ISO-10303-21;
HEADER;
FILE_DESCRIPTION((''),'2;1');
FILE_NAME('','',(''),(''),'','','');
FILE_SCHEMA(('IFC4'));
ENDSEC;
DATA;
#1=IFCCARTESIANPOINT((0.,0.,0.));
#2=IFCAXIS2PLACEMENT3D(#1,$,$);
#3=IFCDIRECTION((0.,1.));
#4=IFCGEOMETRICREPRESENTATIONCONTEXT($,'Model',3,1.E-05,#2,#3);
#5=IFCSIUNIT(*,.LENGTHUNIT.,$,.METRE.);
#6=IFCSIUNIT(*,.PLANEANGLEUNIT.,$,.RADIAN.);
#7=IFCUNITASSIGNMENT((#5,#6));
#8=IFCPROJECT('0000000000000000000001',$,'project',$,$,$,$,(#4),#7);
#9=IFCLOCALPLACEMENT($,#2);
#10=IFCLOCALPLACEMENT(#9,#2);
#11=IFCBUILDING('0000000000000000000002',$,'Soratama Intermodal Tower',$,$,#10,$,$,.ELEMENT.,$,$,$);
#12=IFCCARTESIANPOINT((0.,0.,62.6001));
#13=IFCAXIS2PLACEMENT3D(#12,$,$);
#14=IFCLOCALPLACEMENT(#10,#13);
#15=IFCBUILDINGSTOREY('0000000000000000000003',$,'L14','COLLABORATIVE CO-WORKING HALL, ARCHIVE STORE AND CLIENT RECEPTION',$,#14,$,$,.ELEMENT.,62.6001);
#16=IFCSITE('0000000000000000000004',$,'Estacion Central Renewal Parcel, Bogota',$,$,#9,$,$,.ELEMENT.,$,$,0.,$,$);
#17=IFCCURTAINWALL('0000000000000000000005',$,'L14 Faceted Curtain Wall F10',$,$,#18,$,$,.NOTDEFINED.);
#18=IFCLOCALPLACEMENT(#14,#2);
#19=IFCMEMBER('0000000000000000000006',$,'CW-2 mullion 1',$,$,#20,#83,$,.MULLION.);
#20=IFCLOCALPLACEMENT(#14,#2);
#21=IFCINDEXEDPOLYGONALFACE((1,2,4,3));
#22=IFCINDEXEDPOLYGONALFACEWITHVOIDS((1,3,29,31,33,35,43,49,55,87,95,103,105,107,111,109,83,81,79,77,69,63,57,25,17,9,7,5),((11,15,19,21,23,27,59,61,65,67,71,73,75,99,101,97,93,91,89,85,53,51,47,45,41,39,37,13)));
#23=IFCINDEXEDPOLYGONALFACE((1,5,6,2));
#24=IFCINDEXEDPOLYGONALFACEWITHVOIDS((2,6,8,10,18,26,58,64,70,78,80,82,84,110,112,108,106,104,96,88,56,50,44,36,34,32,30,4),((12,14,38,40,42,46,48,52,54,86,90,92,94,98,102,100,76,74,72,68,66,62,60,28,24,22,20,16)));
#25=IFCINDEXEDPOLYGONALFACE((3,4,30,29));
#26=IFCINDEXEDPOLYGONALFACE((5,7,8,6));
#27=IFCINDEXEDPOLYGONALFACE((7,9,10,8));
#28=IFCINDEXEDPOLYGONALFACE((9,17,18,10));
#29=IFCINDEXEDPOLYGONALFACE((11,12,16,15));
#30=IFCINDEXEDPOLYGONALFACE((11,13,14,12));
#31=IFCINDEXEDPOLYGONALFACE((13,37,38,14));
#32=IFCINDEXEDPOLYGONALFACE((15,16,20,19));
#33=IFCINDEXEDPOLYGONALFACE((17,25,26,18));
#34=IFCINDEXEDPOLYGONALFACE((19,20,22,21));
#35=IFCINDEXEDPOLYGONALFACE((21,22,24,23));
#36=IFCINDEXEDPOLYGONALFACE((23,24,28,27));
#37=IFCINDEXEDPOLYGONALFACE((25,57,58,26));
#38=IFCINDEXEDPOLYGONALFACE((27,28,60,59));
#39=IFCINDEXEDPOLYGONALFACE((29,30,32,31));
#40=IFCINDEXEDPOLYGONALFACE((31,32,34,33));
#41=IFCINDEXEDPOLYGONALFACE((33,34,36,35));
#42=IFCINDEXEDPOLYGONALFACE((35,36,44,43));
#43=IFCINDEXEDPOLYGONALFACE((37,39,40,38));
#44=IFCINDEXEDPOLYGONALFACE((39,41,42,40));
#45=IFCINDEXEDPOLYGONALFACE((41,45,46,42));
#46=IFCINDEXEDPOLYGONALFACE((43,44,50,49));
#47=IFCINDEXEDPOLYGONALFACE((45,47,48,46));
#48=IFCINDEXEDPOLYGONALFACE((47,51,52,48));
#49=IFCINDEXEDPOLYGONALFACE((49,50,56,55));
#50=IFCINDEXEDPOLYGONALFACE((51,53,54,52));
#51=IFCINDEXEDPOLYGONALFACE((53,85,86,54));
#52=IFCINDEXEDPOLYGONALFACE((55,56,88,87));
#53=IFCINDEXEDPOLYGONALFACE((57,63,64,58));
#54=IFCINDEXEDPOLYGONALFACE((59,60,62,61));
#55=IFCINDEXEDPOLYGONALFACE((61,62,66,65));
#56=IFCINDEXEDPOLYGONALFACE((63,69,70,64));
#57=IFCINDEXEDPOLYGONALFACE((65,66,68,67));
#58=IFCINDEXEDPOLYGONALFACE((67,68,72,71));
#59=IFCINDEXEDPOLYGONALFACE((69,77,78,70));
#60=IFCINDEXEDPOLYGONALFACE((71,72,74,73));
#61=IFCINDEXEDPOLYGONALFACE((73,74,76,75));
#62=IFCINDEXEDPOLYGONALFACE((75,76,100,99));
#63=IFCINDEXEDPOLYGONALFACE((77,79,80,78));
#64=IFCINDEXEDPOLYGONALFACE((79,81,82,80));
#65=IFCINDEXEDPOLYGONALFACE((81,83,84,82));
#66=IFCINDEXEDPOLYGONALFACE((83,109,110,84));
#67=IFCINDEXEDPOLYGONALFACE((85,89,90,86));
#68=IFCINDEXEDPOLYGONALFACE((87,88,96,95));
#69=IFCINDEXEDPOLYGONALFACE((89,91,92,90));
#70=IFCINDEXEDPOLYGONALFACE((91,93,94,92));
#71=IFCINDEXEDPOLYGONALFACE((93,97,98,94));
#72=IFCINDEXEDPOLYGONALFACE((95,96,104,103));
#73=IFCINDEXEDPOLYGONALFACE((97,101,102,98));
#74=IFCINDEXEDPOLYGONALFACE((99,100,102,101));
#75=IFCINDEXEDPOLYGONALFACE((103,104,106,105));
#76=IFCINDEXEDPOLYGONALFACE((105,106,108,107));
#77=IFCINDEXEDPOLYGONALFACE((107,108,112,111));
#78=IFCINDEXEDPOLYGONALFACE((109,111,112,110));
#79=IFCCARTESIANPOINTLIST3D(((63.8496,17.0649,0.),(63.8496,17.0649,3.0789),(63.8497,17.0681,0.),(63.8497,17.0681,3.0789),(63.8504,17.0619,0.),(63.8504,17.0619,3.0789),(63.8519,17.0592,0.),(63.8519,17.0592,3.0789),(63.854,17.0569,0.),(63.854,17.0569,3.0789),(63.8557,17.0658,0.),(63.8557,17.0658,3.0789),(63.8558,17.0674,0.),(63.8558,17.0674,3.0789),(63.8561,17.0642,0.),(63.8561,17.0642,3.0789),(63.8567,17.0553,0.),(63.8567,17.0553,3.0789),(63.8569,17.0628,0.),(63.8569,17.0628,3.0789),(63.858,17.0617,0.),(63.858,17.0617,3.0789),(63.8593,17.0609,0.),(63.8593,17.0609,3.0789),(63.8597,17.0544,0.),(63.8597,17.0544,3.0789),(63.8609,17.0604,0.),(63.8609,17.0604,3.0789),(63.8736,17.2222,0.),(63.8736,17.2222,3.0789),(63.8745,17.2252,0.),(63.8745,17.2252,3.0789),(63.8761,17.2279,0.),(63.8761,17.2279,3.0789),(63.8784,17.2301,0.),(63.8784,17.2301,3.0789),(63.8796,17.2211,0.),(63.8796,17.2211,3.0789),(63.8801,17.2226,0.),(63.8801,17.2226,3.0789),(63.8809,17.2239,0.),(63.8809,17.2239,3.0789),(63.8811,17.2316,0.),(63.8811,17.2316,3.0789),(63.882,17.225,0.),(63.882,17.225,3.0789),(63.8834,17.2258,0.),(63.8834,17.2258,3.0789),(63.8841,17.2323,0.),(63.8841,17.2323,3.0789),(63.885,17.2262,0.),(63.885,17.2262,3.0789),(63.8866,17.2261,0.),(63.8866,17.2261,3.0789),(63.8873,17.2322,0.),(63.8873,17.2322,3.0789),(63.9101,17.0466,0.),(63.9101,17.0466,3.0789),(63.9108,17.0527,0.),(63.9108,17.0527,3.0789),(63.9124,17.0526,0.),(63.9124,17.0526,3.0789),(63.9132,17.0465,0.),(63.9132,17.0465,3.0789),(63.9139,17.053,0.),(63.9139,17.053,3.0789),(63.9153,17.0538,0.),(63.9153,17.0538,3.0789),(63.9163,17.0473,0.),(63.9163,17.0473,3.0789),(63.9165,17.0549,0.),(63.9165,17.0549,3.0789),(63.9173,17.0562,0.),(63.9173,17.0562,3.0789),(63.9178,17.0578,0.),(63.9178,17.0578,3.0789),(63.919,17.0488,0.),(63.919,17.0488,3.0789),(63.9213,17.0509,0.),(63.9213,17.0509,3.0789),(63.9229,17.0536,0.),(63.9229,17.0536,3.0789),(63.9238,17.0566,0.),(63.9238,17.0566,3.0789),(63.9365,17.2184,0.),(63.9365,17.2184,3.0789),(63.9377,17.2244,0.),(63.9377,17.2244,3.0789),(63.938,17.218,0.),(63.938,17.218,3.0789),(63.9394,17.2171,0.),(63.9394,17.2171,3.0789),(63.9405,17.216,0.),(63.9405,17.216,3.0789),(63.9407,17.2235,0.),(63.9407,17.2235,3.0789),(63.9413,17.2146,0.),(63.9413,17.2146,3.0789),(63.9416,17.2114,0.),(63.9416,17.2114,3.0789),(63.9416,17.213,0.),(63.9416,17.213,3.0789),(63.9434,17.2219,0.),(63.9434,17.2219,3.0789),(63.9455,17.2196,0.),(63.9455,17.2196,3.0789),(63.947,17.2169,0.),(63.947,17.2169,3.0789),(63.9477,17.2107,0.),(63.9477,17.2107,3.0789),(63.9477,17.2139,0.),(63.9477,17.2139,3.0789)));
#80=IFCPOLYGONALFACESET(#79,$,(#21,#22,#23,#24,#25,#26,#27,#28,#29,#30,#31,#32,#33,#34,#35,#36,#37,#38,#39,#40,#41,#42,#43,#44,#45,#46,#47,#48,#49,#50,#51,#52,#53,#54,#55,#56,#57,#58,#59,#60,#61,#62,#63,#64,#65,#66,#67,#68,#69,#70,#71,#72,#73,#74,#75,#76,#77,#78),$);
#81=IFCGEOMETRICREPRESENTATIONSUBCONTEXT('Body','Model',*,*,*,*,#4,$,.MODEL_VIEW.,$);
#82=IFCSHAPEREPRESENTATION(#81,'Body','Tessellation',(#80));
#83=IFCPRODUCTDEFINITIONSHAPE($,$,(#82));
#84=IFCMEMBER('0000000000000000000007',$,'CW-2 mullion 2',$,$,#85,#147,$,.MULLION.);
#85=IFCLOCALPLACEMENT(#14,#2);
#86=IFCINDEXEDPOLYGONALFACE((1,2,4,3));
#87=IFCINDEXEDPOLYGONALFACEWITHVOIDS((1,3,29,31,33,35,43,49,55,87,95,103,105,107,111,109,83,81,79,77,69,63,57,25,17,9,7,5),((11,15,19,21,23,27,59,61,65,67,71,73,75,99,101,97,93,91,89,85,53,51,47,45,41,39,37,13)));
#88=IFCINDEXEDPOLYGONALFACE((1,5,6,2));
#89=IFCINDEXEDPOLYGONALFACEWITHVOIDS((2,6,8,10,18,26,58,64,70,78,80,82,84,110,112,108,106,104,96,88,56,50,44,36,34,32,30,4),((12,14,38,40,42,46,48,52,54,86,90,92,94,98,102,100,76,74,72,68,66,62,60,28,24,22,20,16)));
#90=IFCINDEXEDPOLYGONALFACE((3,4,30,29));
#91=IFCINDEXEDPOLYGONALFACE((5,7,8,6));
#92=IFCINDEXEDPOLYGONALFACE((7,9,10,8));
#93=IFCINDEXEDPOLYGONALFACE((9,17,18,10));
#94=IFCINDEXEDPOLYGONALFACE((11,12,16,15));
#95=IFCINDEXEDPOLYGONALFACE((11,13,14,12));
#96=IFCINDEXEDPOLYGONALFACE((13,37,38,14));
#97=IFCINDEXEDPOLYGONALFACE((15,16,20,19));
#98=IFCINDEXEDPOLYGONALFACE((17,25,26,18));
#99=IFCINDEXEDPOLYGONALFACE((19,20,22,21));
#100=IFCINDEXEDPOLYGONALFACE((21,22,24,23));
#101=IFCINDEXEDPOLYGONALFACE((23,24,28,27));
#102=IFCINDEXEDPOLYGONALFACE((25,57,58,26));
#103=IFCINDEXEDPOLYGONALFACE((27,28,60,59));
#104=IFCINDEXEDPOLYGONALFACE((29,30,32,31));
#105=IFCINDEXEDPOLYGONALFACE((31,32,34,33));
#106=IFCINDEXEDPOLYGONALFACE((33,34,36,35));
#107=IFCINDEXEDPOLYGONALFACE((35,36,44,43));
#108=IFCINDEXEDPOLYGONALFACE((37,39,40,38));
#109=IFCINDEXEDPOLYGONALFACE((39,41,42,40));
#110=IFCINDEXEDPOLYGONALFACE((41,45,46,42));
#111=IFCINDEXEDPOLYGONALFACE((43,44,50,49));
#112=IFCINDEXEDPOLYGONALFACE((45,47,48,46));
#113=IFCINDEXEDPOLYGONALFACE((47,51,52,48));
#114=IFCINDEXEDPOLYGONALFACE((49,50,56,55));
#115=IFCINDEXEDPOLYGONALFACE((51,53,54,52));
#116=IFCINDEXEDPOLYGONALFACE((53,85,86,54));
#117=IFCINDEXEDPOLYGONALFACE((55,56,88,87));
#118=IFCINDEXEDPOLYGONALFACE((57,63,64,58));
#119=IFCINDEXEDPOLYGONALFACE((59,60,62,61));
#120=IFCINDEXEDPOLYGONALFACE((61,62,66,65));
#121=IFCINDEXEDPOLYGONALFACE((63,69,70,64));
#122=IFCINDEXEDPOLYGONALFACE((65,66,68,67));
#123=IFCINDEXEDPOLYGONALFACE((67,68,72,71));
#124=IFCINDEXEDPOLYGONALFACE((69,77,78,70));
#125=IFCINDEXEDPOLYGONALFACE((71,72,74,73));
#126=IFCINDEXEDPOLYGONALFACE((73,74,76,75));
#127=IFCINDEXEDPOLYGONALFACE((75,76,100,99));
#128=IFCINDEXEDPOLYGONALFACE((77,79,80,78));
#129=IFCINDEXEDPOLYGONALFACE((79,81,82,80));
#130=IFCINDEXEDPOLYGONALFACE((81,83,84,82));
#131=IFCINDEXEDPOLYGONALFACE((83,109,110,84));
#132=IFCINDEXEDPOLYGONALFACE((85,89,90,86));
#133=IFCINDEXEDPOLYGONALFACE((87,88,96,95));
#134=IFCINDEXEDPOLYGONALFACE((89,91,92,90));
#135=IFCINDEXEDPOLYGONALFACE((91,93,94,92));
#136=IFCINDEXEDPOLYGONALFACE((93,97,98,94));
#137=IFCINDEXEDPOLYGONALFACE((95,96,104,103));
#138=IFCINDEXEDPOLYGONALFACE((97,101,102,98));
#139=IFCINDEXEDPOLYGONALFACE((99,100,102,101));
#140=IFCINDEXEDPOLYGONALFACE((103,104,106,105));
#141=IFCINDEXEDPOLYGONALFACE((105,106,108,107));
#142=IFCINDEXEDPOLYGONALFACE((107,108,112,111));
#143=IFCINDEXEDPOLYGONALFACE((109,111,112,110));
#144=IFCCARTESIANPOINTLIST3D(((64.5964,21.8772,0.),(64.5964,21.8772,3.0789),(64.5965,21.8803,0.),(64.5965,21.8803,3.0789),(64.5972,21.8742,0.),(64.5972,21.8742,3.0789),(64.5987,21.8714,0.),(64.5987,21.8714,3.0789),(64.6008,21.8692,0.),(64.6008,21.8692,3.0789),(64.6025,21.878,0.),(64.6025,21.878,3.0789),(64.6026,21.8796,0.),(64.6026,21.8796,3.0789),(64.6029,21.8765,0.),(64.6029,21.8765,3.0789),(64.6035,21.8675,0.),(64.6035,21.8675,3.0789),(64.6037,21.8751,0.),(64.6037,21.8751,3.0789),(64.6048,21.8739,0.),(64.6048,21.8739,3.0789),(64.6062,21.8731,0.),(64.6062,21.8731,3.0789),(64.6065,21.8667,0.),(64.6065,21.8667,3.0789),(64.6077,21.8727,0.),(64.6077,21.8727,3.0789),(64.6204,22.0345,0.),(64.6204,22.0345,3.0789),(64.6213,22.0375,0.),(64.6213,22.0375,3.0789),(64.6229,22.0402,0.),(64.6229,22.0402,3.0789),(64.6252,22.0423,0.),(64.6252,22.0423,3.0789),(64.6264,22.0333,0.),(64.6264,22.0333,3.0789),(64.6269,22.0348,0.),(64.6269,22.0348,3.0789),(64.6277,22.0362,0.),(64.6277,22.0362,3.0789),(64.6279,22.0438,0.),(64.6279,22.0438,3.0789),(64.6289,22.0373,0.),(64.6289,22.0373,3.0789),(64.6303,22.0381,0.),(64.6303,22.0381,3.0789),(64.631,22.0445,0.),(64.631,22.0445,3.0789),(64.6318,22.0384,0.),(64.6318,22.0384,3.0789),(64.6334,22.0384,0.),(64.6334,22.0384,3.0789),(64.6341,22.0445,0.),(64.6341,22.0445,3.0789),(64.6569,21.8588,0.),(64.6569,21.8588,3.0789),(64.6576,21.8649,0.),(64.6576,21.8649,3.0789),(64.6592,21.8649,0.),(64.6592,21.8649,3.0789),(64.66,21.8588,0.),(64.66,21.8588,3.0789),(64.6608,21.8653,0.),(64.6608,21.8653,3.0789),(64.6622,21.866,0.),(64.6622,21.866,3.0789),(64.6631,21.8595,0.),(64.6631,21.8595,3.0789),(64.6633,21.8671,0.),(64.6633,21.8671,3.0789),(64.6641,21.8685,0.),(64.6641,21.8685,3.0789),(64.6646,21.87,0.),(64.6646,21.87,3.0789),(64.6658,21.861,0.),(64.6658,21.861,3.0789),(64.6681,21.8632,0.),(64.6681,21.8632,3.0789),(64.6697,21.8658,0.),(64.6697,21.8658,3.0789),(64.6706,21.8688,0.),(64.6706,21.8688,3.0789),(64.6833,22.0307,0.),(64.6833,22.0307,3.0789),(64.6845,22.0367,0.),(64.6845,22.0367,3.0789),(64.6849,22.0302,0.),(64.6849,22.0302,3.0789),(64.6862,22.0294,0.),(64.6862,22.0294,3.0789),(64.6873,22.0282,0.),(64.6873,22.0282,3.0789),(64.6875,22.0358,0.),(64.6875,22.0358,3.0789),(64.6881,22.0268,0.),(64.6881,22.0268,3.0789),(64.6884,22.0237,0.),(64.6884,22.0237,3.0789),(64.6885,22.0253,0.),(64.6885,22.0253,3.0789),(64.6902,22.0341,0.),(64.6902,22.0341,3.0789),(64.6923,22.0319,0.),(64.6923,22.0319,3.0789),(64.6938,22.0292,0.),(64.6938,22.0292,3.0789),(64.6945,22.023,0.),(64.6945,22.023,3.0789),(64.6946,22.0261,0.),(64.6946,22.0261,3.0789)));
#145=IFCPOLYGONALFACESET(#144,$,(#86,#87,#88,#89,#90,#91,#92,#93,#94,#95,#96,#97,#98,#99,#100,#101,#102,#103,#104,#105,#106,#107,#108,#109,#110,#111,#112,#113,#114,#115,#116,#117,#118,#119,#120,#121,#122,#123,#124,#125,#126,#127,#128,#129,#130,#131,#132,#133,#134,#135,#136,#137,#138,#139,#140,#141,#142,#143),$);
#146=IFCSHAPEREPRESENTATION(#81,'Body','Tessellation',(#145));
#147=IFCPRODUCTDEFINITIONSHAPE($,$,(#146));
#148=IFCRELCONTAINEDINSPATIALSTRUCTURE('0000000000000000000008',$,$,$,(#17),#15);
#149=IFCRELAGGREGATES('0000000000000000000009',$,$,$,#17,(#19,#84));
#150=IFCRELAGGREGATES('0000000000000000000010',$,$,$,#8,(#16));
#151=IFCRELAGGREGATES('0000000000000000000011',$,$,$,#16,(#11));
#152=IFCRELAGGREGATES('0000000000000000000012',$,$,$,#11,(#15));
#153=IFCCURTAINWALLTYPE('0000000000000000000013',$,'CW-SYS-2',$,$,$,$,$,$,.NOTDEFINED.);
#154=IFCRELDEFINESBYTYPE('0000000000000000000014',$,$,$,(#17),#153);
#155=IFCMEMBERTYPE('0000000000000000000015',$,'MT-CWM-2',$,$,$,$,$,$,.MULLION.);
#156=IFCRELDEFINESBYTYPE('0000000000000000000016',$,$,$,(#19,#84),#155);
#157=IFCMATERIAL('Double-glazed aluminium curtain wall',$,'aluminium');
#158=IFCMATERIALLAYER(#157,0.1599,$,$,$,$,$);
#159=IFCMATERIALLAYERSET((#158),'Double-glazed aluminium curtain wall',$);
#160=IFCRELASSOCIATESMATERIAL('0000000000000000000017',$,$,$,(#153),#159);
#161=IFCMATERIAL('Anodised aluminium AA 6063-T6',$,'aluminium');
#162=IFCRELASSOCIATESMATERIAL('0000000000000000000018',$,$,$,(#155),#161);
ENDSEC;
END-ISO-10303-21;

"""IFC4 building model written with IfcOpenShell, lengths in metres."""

from ifc_helpers import new_model, si_unit, direction, frame, origin, origin_2d, place, context, subcontext, project, spatial, hollow_rectangle, extrude, material, layer, layer_set, material_profile, profile_set, type_object, element, aggregate, save


model = new_model("IFC4")

# Units and contexts
model_context = context("Model", 3, precision=1e-05, world=origin(), true_north=direction((0.0, 1.0)))
body_context = subcontext(model_context, "Body", "Model", "MODEL_VIEW")
ifc_project = project(units=[si_unit("LENGTHUNIT", "METRE"), si_unit("PLANEANGLEUNIT", "RADIAN")], contexts=[model_context])

# Site, building, storey
site_placement = place(None, origin())
site = spatial("IfcSite", under=ifc_project, at=site_placement, Name="Estacion Central Renewal Parcel, Bogota", CompositionType="ELEMENT", RefElevation=0.0)
building_placement = place(site_placement, origin())
building = spatial("IfcBuilding", under=site, at=building_placement, Name="Soratama Intermodal Tower", CompositionType="ELEMENT")
storey_placement = place(building_placement, frame((0.0, 0.0, 62.6001)))
storey = spatial("IfcBuildingStorey", under=building, at=storey_placement, Name="L14", Description="COLLABORATIVE CO-WORKING HALL, ARCHIVE STORE AND CLIENT RECEPTION", CompositionType="ELEMENT", Elevation=62.6001)

# Shared definitions
ifc_material_1 = material(Name="Double-glazed aluminium curtain wall", Category="aluminium")
ifc_layer_1 = layer(ifc_material_1, 0.1599)
ifc_layer_set_1 = layer_set([ifc_layer_1], Name="Double-glazed aluminium curtain wall")
curtain_wall_type = type_object("IfcCurtainWallType", Name="CW-SYS-2", PredefinedType="NOTDEFINED", material=ifc_layer_set_1)
ifc_material_2 = material(Name="Anodised aluminium AA 6063-T6", Category="aluminium")
ifc_material_profile_1 = material_profile(ifc_material_2, hollow_rectangle(XDim=0.075, YDim=0.1799, WallThickness=0.0061, InnerFilletRadius=0.0061, OuterFilletRadius=0.012, at=origin_2d()), Name="CWM180X75X6")
ifc_profile_set_1 = profile_set([ifc_material_profile_1], Name="Anodised aluminium AA 6063-T6")
member_type_1 = type_object("IfcMemberType", Name="MT-CWM-2", PredefinedType="MULLION", material=ifc_profile_set_1)

# Curtain wall, members
curtain_wall_1_placement = place(storey_placement, origin())
curtain_wall_1 = element("IfcCurtainWall", 1, at=curtain_wall_1_placement, inside=storey, type_object=curtain_wall_type, Name="L14 Faceted Curtain Wall F10", PredefinedType="NOTDEFINED")
member_1_placement = place(storey_placement, frame((63.8987, 17.1394, 0.0), z_axis=(0.0, 0.0, 1.0), x_axis=(-0.988175, 0.153328, 0.0)))
member_1 = element("IfcMember", 2, at=member_1_placement, type_object=member_type_1, Name="CW-2 mullion 1", PredefinedType="MULLION", context=body_context, shape_type="SweptSolid", body=[
    extrude(hollow_rectangle(XDim=0.075, YDim=0.1799, WallThickness=0.0061, InnerFilletRadius=0.0061, OuterFilletRadius=0.012, at=origin_2d()), origin(), (0.0, 0.0, 1.0), 3.0789),
])
member_2_placement = place(storey_placement, frame((64.6455, 21.9517, 0.0), z_axis=(0.0, 0.0, 1.0), x_axis=(-0.988175, 0.153328, 0.0)))
member_2 = element("IfcMember", 3, at=member_2_placement, type_object=member_type_1, Name="CW-2 mullion 2", PredefinedType="MULLION", context=body_context, shape_type="SweptSolid", body=[
    extrude(hollow_rectangle(XDim=0.075, YDim=0.1799, WallThickness=0.0061, InnerFilletRadius=0.0061, OuterFilletRadius=0.012, at=origin_2d()), origin(), (0.0, 0.0, 1.0), 3.0789),
])
aggregate(curtain_wall_1, [member_1, member_2])

save(model, "model.ifc")
